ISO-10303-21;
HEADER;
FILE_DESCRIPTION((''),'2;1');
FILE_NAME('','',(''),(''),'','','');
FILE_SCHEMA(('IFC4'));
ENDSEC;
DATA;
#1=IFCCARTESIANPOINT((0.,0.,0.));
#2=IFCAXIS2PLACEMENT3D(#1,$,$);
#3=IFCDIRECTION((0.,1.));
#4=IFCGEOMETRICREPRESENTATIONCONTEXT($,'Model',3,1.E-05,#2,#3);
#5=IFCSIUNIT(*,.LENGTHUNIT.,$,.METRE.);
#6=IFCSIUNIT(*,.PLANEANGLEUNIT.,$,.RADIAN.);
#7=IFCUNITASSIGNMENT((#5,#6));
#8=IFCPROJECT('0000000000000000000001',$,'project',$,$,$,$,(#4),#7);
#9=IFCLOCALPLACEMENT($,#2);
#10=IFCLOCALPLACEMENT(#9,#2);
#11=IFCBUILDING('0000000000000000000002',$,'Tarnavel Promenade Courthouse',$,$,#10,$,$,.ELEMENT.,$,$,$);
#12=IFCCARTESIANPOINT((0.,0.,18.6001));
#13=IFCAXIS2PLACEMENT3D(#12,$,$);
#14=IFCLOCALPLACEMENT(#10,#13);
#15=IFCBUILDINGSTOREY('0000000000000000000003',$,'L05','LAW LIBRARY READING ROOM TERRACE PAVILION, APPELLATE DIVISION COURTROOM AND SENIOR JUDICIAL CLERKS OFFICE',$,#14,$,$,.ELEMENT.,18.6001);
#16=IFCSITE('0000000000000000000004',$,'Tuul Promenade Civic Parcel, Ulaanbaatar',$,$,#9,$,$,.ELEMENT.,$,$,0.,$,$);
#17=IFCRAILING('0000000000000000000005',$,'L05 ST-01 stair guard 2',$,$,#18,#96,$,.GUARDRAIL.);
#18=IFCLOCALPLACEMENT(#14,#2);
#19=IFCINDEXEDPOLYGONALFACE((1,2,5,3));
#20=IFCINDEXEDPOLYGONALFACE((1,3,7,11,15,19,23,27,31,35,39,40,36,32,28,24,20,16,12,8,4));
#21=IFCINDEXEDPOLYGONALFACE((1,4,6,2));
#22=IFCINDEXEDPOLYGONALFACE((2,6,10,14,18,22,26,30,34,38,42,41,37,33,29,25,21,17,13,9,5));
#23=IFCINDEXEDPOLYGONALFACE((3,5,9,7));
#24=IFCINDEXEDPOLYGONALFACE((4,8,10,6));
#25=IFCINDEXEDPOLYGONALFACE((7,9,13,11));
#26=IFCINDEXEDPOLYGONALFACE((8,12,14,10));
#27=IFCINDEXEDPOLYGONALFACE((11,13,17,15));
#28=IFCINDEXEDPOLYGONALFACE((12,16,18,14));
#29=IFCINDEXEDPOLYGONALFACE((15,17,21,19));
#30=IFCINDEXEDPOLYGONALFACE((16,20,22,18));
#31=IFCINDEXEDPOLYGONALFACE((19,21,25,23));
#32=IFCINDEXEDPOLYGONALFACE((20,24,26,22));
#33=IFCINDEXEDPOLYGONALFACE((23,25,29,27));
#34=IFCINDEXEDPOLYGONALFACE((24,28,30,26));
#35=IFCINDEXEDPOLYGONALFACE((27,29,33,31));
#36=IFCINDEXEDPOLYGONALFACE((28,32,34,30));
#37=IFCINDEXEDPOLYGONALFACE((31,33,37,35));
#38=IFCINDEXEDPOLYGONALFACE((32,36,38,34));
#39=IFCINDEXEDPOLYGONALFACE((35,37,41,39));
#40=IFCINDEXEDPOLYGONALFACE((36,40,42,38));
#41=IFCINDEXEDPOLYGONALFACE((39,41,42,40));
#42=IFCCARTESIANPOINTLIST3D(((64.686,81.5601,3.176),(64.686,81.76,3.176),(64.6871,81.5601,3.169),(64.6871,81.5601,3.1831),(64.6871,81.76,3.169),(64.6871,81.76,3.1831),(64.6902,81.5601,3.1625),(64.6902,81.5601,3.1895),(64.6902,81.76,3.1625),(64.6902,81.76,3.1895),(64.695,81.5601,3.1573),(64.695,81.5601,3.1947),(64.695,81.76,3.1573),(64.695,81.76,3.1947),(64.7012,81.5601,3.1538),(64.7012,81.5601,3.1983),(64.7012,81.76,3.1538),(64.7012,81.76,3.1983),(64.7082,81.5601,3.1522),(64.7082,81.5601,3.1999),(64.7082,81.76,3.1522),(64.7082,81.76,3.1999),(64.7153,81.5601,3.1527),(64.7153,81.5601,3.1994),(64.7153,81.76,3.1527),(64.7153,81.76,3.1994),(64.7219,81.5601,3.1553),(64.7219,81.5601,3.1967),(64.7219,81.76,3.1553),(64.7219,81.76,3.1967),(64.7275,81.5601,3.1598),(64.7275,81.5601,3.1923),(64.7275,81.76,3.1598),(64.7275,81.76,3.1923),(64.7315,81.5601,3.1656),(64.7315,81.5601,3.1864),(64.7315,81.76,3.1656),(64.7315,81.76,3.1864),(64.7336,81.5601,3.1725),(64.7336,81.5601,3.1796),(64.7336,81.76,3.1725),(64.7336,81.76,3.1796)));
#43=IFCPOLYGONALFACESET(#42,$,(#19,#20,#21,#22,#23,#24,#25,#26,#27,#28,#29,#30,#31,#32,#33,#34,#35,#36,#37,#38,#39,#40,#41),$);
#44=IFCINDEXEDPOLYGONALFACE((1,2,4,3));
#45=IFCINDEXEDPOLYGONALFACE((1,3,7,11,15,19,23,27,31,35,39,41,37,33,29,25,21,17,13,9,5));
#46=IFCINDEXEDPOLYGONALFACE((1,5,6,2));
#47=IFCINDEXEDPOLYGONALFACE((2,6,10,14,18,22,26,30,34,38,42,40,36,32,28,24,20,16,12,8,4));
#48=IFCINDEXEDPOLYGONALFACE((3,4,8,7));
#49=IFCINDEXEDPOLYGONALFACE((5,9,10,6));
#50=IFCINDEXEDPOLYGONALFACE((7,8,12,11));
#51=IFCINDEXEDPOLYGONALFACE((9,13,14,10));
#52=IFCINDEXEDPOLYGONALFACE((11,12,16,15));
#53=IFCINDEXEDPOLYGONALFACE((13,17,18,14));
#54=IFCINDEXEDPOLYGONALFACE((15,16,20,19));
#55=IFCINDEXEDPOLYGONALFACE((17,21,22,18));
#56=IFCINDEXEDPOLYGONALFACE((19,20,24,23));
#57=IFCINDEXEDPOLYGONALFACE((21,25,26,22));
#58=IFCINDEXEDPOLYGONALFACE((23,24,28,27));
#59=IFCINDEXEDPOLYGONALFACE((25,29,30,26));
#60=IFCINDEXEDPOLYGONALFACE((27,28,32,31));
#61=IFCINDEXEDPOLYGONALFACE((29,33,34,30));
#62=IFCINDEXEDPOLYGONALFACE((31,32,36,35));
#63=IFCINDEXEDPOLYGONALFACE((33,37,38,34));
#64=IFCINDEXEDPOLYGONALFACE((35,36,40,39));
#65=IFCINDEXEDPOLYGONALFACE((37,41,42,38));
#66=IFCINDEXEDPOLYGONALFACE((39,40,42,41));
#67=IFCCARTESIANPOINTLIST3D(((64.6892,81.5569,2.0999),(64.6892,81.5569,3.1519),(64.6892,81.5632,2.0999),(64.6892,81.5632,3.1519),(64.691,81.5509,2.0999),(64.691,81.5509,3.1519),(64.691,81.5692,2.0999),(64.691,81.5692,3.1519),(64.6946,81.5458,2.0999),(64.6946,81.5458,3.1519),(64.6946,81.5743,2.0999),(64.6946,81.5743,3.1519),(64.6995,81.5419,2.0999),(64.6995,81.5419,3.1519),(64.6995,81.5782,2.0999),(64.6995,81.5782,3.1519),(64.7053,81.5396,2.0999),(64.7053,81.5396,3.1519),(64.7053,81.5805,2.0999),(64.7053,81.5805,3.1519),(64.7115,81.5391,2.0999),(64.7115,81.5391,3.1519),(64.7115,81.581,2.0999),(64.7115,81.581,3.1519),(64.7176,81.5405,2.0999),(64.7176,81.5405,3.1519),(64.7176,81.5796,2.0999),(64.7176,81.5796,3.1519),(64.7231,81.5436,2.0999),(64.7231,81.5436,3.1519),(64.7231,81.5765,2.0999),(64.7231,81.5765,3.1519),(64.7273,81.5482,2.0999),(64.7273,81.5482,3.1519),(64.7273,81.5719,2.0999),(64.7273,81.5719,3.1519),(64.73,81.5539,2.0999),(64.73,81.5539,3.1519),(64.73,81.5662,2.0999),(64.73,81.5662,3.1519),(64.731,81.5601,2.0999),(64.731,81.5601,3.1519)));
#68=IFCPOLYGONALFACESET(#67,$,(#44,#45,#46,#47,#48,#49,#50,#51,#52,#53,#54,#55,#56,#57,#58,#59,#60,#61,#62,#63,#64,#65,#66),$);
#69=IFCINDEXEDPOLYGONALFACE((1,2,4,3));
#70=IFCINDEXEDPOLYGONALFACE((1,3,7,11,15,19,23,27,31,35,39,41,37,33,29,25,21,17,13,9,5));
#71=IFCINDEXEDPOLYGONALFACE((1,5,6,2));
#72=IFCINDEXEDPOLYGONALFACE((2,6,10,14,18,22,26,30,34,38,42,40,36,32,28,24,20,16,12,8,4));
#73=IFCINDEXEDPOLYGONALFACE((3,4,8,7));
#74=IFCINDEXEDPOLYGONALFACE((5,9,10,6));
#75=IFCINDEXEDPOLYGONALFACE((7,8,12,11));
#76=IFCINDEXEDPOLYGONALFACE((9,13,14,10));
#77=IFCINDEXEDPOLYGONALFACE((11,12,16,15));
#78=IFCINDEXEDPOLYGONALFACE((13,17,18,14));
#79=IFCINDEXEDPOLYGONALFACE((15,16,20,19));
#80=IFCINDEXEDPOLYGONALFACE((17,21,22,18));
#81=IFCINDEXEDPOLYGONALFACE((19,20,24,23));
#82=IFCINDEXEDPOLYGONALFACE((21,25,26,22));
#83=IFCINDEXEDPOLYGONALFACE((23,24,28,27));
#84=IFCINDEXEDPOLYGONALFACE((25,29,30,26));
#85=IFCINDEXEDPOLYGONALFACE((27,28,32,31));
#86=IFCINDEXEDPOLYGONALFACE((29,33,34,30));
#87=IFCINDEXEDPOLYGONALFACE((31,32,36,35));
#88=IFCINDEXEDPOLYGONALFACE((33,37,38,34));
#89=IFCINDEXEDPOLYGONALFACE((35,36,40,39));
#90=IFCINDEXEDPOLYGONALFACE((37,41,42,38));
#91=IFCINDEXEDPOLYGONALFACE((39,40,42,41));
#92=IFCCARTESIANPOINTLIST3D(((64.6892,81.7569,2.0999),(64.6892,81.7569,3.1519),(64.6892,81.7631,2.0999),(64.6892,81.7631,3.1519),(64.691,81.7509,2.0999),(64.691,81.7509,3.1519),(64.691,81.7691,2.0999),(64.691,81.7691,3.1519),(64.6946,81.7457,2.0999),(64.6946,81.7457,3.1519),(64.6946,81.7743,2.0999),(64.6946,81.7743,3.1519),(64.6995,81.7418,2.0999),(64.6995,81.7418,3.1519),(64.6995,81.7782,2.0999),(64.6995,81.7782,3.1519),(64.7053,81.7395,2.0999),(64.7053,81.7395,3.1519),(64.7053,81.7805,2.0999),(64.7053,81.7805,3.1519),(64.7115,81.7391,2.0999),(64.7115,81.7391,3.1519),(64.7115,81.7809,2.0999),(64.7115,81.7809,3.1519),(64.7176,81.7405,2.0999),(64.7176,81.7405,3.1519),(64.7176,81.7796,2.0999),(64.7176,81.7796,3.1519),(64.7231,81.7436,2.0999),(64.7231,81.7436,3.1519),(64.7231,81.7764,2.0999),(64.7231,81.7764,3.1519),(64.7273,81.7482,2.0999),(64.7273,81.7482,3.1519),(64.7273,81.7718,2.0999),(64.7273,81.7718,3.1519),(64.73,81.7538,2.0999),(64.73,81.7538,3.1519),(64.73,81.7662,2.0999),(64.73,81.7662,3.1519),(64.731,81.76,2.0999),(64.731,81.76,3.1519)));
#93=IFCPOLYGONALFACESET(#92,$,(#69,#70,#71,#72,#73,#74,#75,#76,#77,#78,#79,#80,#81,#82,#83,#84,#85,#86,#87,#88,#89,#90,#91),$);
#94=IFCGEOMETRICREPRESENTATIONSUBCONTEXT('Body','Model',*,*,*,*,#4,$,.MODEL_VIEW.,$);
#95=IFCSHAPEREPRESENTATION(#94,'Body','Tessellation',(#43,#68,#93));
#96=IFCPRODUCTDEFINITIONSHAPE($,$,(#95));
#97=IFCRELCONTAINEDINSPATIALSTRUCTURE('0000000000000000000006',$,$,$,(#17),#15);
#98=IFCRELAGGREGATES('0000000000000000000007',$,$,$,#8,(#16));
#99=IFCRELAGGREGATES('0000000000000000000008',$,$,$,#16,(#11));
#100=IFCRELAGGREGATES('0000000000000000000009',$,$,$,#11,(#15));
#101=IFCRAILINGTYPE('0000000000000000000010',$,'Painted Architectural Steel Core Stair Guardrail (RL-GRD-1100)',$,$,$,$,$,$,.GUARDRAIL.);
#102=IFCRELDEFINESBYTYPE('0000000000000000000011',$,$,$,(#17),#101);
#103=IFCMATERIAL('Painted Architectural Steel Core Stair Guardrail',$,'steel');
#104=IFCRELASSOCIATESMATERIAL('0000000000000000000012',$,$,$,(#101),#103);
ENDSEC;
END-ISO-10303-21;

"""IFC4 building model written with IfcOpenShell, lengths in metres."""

from ifc_helpers import new_model, si_unit, direction, frame, origin, origin_2d, place, context, subcontext, project, spatial, circle, extrude, material, type_object, element, save


model = new_model("IFC4")

# Units and contexts
model_context = context("Model", 3, precision=1e-05, world=origin(), true_north=direction((0.0, 1.0)))
body_context = subcontext(model_context, "Body", "Model", "MODEL_VIEW")
ifc_project = project(units=[si_unit("LENGTHUNIT", "METRE"), si_unit("PLANEANGLEUNIT", "RADIAN")], contexts=[model_context])

# Site, building, storey
site_placement = place(None, origin())
site = spatial("IfcSite", under=ifc_project, at=site_placement, Name="Tuul Promenade Civic Parcel, Ulaanbaatar", CompositionType="ELEMENT", RefElevation=0.0)
building_placement = place(site_placement, origin())
building = spatial("IfcBuilding", under=site, at=building_placement, Name="Tarnavel Promenade Courthouse", CompositionType="ELEMENT")
storey_placement = place(building_placement, frame((0.0, 0.0, 18.6001)))
storey = spatial("IfcBuildingStorey", under=building, at=storey_placement, Name="L05", Description="LAW LIBRARY READING ROOM TERRACE PAVILION, APPELLATE DIVISION COURTROOM AND SENIOR JUDICIAL CLERKS OFFICE", CompositionType="ELEMENT", Elevation=18.6001)

# Railing
ifc_material_1 = material(Name="Painted Architectural Steel Core Stair Guardrail", Category="steel")
railing_type_1 = type_object("IfcRailingType", Name="Painted Architectural Steel Core Stair Guardrail (RL-GRD-1100)", PredefinedType="GUARDRAIL", material=ifc_material_1)
railing_1_placement = place(storey_placement, frame((64.71, 81.5601, 2.0999)))
element("IfcRailing", 1, at=railing_1_placement, inside=storey, type_object=railing_type_1, Name="L05 ST-01 stair guard 2", PredefinedType="GUARDRAIL", context=body_context, shape_type="SweptSolid", body=[
    extrude(circle(Radius=0.0239, at=origin_2d()), frame((0.0, 0.0, 1.0762), z_axis=(0.0, 1.0, 0.0), x_axis=(-1.0, 0.0, 0.0)), (0.0, 0.0, 1.0), 0.2),
    extrude(circle(Radius=0.021, at=origin_2d()), origin(), (0.0, 0.0, 1.0), 1.052),
    extrude(circle(Radius=0.021, at=origin_2d()), frame((0.0, 0.2, 0.0)), (0.0, 0.0, 1.0), 1.052),
])

save(model, "model.ifc")
